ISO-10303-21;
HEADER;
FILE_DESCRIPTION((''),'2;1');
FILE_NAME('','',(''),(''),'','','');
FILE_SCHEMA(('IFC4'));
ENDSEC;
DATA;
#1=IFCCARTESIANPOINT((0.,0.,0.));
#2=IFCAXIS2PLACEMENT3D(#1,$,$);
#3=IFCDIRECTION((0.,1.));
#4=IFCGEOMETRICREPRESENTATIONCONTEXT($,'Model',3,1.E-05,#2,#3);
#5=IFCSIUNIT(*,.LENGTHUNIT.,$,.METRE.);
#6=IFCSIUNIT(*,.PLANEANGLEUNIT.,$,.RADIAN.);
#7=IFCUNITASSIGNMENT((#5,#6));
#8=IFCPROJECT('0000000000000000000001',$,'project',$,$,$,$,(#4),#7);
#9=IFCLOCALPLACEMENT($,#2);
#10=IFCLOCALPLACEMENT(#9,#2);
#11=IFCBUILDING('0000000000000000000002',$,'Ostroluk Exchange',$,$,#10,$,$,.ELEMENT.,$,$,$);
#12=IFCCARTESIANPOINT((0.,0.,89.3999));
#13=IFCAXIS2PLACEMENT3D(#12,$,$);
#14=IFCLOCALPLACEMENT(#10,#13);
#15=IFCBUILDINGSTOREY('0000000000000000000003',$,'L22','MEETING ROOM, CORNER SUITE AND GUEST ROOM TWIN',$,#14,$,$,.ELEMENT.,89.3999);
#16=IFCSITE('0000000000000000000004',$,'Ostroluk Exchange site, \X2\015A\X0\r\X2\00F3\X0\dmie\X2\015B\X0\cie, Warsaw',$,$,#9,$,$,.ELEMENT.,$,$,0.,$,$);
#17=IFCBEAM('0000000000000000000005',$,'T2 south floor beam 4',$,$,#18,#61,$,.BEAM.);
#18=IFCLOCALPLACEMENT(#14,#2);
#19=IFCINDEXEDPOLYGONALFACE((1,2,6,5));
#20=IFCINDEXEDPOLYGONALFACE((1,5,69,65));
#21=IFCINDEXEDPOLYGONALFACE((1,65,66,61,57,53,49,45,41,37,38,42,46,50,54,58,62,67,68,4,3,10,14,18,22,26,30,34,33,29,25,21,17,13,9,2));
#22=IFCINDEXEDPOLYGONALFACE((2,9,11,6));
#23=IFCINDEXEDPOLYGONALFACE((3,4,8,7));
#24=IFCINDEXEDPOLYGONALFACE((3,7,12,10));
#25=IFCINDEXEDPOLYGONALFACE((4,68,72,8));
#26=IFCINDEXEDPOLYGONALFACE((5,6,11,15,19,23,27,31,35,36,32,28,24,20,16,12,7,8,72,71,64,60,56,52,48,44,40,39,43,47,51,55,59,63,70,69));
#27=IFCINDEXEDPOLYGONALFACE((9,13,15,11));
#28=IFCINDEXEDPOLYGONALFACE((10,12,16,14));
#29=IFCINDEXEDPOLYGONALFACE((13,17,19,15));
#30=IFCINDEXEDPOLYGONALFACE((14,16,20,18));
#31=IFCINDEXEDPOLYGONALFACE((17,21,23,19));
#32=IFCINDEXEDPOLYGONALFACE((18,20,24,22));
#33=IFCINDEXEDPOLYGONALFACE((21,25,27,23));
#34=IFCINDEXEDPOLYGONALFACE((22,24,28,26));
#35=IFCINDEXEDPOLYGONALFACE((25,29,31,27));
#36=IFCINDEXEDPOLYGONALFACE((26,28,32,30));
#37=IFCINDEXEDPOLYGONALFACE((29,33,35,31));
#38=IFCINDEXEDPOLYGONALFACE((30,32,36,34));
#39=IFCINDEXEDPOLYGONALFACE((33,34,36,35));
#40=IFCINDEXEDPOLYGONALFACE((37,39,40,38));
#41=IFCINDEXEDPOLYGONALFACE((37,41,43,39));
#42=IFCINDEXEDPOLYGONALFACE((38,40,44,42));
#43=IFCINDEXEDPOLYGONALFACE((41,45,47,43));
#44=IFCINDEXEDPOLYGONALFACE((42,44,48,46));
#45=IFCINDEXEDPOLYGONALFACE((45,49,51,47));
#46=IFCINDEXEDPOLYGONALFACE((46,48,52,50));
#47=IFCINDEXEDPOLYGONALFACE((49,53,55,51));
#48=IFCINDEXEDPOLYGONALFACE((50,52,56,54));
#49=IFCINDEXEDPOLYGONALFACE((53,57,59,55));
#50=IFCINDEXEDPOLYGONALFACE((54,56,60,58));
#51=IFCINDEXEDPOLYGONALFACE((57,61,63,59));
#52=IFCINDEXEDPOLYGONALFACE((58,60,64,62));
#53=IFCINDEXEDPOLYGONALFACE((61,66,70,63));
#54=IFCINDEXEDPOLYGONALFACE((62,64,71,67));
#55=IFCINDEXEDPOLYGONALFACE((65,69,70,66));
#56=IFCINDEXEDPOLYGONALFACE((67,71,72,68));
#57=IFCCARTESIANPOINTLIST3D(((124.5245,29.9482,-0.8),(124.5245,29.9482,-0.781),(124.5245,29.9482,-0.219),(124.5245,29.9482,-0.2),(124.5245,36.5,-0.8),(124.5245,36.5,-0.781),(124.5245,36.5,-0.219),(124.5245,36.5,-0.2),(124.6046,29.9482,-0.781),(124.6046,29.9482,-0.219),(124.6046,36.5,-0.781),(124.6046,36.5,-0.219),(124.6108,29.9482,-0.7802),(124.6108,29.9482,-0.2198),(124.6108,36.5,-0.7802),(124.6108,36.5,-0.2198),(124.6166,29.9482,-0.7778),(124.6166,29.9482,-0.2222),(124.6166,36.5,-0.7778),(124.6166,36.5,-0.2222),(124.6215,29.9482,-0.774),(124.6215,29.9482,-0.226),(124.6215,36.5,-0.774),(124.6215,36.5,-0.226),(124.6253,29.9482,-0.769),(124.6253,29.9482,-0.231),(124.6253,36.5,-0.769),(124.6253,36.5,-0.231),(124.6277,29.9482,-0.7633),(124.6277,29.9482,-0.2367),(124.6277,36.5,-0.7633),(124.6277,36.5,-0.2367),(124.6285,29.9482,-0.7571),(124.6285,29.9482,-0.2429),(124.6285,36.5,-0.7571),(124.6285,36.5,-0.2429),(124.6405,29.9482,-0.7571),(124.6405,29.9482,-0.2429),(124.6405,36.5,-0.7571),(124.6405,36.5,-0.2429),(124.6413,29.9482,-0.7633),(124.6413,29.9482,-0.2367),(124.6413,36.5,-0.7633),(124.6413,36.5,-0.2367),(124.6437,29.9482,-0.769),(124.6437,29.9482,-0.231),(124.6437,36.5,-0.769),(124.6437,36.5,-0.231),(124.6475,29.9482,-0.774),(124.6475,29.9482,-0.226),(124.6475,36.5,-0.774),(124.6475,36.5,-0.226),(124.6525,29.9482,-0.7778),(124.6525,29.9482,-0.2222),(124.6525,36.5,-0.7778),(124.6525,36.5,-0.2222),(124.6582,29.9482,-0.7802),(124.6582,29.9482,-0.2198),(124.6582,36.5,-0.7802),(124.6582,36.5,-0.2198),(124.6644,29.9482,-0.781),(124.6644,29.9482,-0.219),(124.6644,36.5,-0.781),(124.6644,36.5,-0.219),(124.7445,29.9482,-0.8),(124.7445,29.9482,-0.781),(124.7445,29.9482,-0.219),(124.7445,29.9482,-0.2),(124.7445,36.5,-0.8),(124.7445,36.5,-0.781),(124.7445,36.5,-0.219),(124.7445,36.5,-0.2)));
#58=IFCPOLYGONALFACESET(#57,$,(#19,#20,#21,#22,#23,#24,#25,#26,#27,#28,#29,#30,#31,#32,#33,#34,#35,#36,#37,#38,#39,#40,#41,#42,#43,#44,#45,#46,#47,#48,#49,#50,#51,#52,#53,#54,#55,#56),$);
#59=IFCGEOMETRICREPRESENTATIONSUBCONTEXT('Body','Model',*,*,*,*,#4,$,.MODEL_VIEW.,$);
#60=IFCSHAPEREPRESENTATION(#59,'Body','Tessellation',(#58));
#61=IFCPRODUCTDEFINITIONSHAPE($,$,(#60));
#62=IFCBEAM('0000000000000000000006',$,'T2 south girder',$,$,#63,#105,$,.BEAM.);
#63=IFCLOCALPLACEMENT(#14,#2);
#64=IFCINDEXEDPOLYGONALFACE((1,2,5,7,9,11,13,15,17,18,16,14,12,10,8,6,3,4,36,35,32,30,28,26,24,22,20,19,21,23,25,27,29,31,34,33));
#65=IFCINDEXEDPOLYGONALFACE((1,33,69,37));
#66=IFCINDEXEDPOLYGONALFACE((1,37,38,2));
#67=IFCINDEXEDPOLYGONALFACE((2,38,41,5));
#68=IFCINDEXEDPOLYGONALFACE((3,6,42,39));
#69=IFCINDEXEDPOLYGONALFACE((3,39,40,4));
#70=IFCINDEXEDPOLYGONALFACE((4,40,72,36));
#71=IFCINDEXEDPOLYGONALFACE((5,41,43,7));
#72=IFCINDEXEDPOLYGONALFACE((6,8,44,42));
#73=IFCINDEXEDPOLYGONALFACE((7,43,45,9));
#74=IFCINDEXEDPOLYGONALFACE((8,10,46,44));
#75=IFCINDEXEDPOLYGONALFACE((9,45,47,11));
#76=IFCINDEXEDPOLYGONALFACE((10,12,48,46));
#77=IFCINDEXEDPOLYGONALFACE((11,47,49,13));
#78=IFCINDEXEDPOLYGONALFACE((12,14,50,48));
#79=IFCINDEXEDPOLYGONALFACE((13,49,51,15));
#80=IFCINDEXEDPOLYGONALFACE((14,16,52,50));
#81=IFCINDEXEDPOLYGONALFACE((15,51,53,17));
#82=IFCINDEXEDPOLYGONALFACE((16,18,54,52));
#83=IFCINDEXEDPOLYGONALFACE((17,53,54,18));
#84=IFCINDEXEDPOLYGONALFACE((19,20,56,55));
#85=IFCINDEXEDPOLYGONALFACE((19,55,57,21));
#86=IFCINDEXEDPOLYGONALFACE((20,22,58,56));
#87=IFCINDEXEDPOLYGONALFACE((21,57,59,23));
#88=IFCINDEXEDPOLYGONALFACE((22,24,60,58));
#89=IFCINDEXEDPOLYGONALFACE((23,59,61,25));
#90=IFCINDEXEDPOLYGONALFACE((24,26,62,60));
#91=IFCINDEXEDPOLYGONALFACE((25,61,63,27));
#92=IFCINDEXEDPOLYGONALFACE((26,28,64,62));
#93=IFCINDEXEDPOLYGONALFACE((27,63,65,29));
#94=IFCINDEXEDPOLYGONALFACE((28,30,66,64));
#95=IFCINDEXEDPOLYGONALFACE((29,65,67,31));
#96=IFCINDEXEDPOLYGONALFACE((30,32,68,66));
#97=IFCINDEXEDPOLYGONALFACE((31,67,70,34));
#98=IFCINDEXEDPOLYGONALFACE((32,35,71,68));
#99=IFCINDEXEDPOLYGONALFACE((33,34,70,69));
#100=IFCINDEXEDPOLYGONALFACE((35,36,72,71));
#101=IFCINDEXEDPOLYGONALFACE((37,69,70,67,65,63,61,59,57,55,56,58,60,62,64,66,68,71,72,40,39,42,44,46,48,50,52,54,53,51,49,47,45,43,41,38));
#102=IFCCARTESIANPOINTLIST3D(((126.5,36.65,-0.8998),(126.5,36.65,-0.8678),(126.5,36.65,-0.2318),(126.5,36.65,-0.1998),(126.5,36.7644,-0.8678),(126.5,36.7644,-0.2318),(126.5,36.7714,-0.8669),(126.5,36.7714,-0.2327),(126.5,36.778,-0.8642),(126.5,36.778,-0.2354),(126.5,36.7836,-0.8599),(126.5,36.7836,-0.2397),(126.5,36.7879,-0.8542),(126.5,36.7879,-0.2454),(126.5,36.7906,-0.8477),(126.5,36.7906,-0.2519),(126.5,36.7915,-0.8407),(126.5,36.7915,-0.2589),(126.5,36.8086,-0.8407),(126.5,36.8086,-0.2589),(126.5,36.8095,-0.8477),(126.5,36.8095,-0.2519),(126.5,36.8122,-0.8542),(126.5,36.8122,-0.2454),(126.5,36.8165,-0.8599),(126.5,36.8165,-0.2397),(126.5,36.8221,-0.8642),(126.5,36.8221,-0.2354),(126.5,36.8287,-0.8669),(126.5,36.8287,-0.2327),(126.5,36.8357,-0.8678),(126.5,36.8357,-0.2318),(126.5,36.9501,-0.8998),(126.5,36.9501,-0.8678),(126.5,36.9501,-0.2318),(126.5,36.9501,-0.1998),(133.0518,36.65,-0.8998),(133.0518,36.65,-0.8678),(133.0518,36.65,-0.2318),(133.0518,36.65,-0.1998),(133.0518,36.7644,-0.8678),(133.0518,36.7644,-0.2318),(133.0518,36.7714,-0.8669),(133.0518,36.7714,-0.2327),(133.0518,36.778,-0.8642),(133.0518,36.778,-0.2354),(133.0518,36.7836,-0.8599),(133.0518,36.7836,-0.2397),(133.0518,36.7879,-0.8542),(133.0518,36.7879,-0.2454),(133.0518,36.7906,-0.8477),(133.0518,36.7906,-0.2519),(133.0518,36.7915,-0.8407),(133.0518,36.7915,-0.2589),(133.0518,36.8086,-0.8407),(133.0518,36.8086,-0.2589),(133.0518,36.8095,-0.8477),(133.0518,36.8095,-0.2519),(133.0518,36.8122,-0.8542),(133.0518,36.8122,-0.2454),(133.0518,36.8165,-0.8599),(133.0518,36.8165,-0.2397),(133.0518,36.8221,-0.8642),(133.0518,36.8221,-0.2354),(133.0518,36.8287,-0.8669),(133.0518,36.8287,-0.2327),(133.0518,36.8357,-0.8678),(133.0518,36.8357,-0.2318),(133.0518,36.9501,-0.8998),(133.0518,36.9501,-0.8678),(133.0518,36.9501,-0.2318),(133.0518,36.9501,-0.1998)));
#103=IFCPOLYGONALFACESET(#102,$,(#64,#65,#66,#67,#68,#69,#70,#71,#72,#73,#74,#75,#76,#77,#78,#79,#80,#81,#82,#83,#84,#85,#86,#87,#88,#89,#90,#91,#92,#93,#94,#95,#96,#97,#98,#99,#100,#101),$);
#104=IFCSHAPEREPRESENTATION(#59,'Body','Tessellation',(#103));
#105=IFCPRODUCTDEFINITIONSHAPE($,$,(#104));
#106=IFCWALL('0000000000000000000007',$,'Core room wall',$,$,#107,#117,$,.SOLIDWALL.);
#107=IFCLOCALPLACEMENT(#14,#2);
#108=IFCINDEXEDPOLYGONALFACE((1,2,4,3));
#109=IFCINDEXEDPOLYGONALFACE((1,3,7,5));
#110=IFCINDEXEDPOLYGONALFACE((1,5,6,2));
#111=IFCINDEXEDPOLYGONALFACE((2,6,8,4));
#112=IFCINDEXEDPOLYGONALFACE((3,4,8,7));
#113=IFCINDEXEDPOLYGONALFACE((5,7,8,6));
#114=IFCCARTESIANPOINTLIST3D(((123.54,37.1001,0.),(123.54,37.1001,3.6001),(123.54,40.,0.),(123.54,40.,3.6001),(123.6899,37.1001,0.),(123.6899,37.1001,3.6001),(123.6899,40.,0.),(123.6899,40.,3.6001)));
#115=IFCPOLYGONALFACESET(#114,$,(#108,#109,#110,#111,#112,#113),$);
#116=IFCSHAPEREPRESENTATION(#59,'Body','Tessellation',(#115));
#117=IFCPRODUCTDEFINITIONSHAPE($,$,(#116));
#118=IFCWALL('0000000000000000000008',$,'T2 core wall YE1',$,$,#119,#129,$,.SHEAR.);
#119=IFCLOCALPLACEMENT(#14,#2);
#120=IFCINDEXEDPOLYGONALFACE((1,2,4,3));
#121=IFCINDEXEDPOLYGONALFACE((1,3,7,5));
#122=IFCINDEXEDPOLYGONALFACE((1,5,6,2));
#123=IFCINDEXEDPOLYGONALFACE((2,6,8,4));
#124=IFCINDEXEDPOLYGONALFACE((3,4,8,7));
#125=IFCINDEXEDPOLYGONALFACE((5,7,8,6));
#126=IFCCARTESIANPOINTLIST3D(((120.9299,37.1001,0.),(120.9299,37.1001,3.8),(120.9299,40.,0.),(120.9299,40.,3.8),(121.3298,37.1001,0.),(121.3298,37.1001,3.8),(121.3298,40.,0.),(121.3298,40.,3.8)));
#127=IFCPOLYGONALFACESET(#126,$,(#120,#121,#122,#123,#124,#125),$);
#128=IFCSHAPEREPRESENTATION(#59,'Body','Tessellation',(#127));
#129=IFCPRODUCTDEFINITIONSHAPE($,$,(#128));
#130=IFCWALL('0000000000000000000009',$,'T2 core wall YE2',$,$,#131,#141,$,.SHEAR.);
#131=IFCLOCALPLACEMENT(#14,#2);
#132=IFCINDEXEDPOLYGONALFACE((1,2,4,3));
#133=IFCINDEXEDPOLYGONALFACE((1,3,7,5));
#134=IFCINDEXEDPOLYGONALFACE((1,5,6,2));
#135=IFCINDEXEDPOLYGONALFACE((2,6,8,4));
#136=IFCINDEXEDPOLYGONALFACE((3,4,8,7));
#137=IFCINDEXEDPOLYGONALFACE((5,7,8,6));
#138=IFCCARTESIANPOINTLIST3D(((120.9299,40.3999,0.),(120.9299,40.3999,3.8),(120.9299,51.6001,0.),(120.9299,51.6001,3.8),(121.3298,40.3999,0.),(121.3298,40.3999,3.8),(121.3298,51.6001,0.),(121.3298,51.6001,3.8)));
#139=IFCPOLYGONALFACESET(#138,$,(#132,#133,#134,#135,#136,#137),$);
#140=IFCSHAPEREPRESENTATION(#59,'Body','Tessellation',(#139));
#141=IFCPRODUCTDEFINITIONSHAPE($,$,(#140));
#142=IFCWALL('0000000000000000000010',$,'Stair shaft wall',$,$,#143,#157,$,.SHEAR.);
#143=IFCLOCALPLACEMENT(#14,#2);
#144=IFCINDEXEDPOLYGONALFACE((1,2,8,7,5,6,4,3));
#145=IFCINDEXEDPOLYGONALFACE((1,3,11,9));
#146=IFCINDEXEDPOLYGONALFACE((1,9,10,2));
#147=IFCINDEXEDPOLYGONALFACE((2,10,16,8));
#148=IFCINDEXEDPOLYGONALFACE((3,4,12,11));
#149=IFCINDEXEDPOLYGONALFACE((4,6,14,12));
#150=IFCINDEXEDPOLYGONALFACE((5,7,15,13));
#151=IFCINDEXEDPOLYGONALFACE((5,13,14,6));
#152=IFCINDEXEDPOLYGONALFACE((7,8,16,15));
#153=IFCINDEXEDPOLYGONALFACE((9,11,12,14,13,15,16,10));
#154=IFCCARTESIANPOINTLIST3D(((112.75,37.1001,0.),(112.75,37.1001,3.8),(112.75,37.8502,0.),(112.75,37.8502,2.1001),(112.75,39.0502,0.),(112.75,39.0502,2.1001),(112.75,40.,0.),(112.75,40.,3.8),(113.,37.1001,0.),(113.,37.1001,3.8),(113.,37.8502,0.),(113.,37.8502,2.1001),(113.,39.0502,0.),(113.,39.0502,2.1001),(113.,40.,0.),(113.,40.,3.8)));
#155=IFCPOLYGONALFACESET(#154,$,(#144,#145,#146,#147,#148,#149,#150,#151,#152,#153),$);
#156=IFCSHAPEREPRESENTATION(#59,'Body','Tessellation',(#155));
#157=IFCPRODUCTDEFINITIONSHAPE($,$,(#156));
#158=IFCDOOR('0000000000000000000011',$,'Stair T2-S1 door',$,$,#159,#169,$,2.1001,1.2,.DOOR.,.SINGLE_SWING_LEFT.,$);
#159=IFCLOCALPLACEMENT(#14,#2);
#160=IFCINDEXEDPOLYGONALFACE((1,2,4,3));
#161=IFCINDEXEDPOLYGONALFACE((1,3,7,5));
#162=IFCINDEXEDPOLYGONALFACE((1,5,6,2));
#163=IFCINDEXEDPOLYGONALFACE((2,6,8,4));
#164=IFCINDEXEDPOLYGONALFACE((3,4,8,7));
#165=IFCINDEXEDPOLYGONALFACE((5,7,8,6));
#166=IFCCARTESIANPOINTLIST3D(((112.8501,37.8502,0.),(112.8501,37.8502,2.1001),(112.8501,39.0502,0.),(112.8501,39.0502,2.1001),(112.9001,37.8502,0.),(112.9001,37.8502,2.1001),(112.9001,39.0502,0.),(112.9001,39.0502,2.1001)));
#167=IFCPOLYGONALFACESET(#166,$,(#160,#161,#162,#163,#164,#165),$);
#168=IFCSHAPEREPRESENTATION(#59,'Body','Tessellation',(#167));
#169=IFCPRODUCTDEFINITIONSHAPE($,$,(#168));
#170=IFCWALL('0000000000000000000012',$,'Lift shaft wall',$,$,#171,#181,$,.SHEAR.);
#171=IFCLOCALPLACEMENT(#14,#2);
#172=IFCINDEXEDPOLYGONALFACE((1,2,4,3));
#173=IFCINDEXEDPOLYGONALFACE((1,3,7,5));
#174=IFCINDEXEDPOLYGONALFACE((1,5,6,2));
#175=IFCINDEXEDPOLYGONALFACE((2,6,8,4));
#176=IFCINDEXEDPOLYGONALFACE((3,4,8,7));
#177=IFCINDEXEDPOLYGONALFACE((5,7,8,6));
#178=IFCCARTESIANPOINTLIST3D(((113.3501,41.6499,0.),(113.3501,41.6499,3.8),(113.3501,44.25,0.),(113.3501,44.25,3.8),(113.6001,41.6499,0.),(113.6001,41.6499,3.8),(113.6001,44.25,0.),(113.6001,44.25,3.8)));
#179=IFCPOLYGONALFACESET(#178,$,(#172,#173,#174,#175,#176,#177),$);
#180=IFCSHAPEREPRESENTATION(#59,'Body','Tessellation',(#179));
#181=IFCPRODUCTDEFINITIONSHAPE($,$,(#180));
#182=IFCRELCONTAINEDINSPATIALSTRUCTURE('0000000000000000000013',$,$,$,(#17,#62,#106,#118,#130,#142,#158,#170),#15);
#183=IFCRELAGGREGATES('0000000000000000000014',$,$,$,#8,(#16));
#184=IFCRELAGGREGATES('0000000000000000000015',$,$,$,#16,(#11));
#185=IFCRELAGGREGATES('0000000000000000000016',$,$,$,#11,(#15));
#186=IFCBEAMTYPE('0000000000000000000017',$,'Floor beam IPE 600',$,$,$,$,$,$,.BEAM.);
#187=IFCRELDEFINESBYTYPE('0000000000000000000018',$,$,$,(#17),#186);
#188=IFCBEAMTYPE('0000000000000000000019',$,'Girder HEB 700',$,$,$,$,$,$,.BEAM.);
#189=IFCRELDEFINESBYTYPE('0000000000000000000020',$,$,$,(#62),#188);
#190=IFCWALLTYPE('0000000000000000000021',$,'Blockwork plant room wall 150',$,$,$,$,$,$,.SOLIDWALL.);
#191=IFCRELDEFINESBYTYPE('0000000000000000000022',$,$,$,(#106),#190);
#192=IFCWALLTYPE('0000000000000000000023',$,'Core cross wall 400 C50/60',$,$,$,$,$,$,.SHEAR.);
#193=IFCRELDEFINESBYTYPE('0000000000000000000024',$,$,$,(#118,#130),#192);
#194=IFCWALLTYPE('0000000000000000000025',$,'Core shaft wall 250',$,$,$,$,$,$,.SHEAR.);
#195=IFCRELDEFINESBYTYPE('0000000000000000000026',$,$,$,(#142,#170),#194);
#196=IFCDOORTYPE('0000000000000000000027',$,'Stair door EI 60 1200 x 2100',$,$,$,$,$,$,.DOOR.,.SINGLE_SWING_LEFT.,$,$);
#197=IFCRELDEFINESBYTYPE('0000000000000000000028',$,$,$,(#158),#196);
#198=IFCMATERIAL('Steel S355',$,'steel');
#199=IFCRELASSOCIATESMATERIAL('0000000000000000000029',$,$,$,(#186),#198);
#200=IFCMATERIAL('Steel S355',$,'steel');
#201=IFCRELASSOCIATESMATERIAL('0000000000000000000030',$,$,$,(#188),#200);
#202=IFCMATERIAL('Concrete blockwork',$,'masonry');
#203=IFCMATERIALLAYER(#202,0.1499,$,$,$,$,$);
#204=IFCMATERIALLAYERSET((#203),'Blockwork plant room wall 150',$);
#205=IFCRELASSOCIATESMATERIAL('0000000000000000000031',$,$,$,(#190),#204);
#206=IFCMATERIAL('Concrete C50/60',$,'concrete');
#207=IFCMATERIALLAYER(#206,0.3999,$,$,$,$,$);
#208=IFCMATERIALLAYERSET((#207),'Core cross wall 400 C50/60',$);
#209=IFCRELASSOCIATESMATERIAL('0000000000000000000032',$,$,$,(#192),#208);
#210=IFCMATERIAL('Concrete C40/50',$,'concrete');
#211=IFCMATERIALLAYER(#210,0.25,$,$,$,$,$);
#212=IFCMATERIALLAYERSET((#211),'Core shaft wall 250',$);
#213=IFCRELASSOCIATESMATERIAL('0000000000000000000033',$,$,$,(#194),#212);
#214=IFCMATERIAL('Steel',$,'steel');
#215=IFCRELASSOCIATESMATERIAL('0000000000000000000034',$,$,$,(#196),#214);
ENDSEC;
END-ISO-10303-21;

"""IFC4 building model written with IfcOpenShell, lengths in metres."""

from ifc_helpers import new_model, si_unit, direction, frame, frame_2d, origin, origin_2d, place, context, subcontext, project, spatial, rectangle, i_section, extrude, material, layer, layer_set, material_profile, profile_set, type_object, element, fill, save


model = new_model("IFC4")

# Units and contexts
model_context = context("Model", 3, precision=1e-05, world=origin(), true_north=direction((0.0, 1.0)))
body_context = subcontext(model_context, "Body", "Model", "MODEL_VIEW")
ifc_project = project(units=[si_unit("LENGTHUNIT", "METRE"), si_unit("PLANEANGLEUNIT", "RADIAN")], contexts=[model_context])

# Site, building, storey
site_placement = place(None, origin())
site = spatial("IfcSite", under=ifc_project, at=site_placement, Name="Ostroluk Exchange site, Śródmieście, Warsaw", CompositionType="ELEMENT", RefElevation=0.0)
building_placement = place(site_placement, origin())
building = spatial("IfcBuilding", under=site, at=building_placement, Name="Ostroluk Exchange", CompositionType="ELEMENT")
storey_placement = place(building_placement, frame((0.0, 0.0, 89.3999)))
storey = spatial("IfcBuildingStorey", under=building, at=storey_placement, Name="L22", Description="MEETING ROOM, CORNER SUITE AND GUEST ROOM TWIN", CompositionType="ELEMENT", Elevation=89.3999)

# Beams
ifc_material_1 = material(Name="Steel S355", Category="steel")
ifc_material_profile_1 = material_profile(ifc_material_1, i_section(OverallWidth=0.22, OverallDepth=0.6001, WebThickness=0.012, FlangeThickness=0.019, FilletRadius=0.0239, at=origin_2d()), Name="IPE 600")
ifc_profile_set_1 = profile_set([ifc_material_profile_1], Name="Steel S355")
beam_type_1 = type_object("IfcBeamType", Name="Floor beam IPE 600", PredefinedType="BEAM", material=ifc_profile_set_1)
for number, where, z_axis, x_axis, name in (
    (1, (124.6345, 36.5, -0.5), (0.0, -1.0, 0.0), (1.0, 0.0, 0.0), "T2 south floor beam 4"),
):
    element("IfcBeam", number, at=place(storey_placement, frame(where, z_axis=z_axis, x_axis=x_axis)), inside=storey, type_object=beam_type_1, Name=name, PredefinedType="BEAM", context=body_context, shape_type="SweptSolid", body=[
        extrude(i_section(OverallWidth=0.22, OverallDepth=0.6001, WebThickness=0.012, FlangeThickness=0.019, FilletRadius=0.0239, at=origin_2d()), origin(), (0.0, 0.0, 1.0), 6.5518),
    ])
ifc_material_2 = material(Name="Steel S355", Category="steel")
ifc_material_profile_2 = material_profile(ifc_material_2, i_section(OverallWidth=0.3, OverallDepth=0.7, WebThickness=0.0171, FlangeThickness=0.032, FilletRadius=0.0271, at=origin_2d()), Name="HEB 700")
ifc_profile_set_2 = profile_set([ifc_material_profile_2], Name="Steel S355")
beam_type_2 = type_object("IfcBeamType", Name="Girder HEB 700", PredefinedType="BEAM", material=ifc_profile_set_2)
beam_placement = place(storey_placement, frame((126.5, 36.8, -0.5498), z_axis=(1.0, 0.0, 0.0), x_axis=(0.0, 1.0, 0.0)))
element("IfcBeam", 2, at=beam_placement, inside=storey, type_object=beam_type_2, Name="T2 south girder", PredefinedType="BEAM", context=body_context, shape_type="SweptSolid", body=[
    extrude(i_section(OverallWidth=0.3, OverallDepth=0.7, WebThickness=0.0171, FlangeThickness=0.032, FilletRadius=0.0271, at=origin_2d()), origin(), (0.0, 0.0, 1.0), 6.5518),
])

# Walls
ifc_material_3 = material(Name="Concrete blockwork", Category="masonry")
ifc_layer_1 = layer(ifc_material_3, 0.1499)
ifc_layer_set_1 = layer_set([ifc_layer_1], Name="Blockwork plant room wall 150")
wall_type_1 = type_object("IfcWallType", Name="Blockwork plant room wall 150", PredefinedType="SOLIDWALL", material=ifc_layer_set_1)
wall_1_placement = place(storey_placement, frame((123.615, 37.1001, 0.0), z_axis=(0.0, 0.0, 1.0), x_axis=(0.0, 1.0, 0.0)))
element("IfcWall", 3, at=wall_1_placement, inside=storey, type_object=wall_type_1, Name="Core room wall", PredefinedType="SOLIDWALL", context=body_context, shape_type="SweptSolid", body=[
    extrude(rectangle(XDim=2.8999, YDim=0.1499, at=frame_2d((1.45, 0.0))), origin(), (0.0, 0.0, 1.0), 3.6001),
])
ifc_material_4 = material(Name="Concrete C50/60", Category="concrete")
ifc_layer_2 = layer(ifc_material_4, 0.3999)
ifc_layer_set_2 = layer_set([ifc_layer_2], Name="Core cross wall 400 C50/60")
wall_type_2 = type_object("IfcWallType", Name="Core cross wall 400 C50/60", PredefinedType="SHEAR", material=ifc_layer_set_2)
wall_2_placement = place(storey_placement, frame((121.1299, 37.1001, 0.0), z_axis=(0.0, 0.0, 1.0), x_axis=(0.0, 1.0, 0.0)))
element("IfcWall", 4, at=wall_2_placement, inside=storey, type_object=wall_type_2, Name="T2 core wall YE1", PredefinedType="SHEAR", context=body_context, shape_type="SweptSolid", body=[
    extrude(rectangle(XDim=2.8999, YDim=0.3999, at=frame_2d((1.45, 0.0))), origin(), (0.0, 0.0, 1.0), 3.8),
])
wall_3_placement = place(storey_placement, frame((121.1299, 40.3999, 0.0), z_axis=(0.0, 0.0, 1.0), x_axis=(0.0, 1.0, 0.0)))
element("IfcWall", 5, at=wall_3_placement, inside=storey, type_object=wall_type_2, Name="T2 core wall YE2", PredefinedType="SHEAR", context=body_context, shape_type="SweptSolid", body=[
    extrude(rectangle(XDim=11.2002, YDim=0.3999, at=frame_2d((5.6001, 0.0))), origin(), (0.0, 0.0, 1.0), 3.8),
])

# Wall, opening, door
ifc_material_5 = material(Name="Concrete C40/50", Category="concrete")
ifc_layer_3 = layer(ifc_material_5, 0.25)
ifc_layer_set_3 = layer_set([ifc_layer_3], Name="Core shaft wall 250")
wall_type_3 = type_object("IfcWallType", Name="Core shaft wall 250", PredefinedType="SHEAR", material=ifc_layer_set_3)
wall_4_placement = place(storey_placement, frame((112.875, 37.1001, 0.0), z_axis=(0.0, 0.0, 1.0), x_axis=(0.0, 1.0, 0.0)))
wall_4 = element("IfcWall", 6, at=wall_4_placement, inside=storey, type_object=wall_type_3, Name="Stair shaft wall", PredefinedType="SHEAR", context=body_context, shape_type="SweptSolid", body=[
    extrude(rectangle(XDim=2.8999, YDim=0.25, at=frame_2d((1.45, 0.0))), origin(), (0.0, 0.0, 1.0), 3.8),
])
opening_1_placement = place(wall_4_placement, frame((0.75, 0.0, 0.0)))
opening_1 = element("IfcOpeningElement", 7, at=opening_1_placement, cuts=wall_4, PredefinedType="OPENING", context=body_context, shape_type="SweptSolid", body=[
    extrude(rectangle(XDim=1.2, YDim=2.1001, at=frame_2d((0.6001, 1.05))), frame((0.0, 0.135, 0.0), z_axis=(0.0, -1.0, 0.0), x_axis=(1.0, 0.0, 0.0)), (0.0, 0.0, 1.0), 0.27),
])
ifc_material_6 = material(Name="Steel", Category="steel")
door_type_1 = type_object("IfcDoorType", Name="Stair door EI 60 1200 x 2100", OperationType="SINGLE_SWING_LEFT", PredefinedType="DOOR", material=ifc_material_6)
door_1_placement = place(opening_1_placement, origin())
door_1 = element("IfcDoor", 8, at=door_1_placement, inside=storey, type_object=door_type_1, Name="Stair T2-S1 door", OperationType="SINGLE_SWING_LEFT", OverallHeight=2.1001, OverallWidth=1.2, PredefinedType="DOOR", context=body_context, shape_type="SweptSolid", body=[
    extrude(rectangle(XDim=1.2, YDim=2.1001, at=frame_2d((0.6001, 1.05))), frame((0.0, 0.0249, 0.0), z_axis=(0.0, -1.0, 0.0), x_axis=(1.0, 0.0, 0.0)), (0.0, 0.0, 1.0), 0.05),
])
fill(opening_1, door_1)

# Wall
for number, where, z_axis, x_axis, name in (
    (9, (113.4751, 44.25, 0.0), (0.0, 0.0, 1.0), (0.0, -1.0, 0.0), "Lift shaft wall"),
):
    element("IfcWall", number, at=place(storey_placement, frame(where, z_axis=z_axis, x_axis=x_axis)), inside=storey, type_object=wall_type_3, Name=name, PredefinedType="SHEAR", context=body_context, shape_type="SweptSolid", body=[
        extrude(rectangle(XDim=2.6001, YDim=0.25, at=frame_2d((1.3, 0.0))), origin(), (0.0, 0.0, 1.0), 3.8),
    ])

save(model, "model.ifc")
